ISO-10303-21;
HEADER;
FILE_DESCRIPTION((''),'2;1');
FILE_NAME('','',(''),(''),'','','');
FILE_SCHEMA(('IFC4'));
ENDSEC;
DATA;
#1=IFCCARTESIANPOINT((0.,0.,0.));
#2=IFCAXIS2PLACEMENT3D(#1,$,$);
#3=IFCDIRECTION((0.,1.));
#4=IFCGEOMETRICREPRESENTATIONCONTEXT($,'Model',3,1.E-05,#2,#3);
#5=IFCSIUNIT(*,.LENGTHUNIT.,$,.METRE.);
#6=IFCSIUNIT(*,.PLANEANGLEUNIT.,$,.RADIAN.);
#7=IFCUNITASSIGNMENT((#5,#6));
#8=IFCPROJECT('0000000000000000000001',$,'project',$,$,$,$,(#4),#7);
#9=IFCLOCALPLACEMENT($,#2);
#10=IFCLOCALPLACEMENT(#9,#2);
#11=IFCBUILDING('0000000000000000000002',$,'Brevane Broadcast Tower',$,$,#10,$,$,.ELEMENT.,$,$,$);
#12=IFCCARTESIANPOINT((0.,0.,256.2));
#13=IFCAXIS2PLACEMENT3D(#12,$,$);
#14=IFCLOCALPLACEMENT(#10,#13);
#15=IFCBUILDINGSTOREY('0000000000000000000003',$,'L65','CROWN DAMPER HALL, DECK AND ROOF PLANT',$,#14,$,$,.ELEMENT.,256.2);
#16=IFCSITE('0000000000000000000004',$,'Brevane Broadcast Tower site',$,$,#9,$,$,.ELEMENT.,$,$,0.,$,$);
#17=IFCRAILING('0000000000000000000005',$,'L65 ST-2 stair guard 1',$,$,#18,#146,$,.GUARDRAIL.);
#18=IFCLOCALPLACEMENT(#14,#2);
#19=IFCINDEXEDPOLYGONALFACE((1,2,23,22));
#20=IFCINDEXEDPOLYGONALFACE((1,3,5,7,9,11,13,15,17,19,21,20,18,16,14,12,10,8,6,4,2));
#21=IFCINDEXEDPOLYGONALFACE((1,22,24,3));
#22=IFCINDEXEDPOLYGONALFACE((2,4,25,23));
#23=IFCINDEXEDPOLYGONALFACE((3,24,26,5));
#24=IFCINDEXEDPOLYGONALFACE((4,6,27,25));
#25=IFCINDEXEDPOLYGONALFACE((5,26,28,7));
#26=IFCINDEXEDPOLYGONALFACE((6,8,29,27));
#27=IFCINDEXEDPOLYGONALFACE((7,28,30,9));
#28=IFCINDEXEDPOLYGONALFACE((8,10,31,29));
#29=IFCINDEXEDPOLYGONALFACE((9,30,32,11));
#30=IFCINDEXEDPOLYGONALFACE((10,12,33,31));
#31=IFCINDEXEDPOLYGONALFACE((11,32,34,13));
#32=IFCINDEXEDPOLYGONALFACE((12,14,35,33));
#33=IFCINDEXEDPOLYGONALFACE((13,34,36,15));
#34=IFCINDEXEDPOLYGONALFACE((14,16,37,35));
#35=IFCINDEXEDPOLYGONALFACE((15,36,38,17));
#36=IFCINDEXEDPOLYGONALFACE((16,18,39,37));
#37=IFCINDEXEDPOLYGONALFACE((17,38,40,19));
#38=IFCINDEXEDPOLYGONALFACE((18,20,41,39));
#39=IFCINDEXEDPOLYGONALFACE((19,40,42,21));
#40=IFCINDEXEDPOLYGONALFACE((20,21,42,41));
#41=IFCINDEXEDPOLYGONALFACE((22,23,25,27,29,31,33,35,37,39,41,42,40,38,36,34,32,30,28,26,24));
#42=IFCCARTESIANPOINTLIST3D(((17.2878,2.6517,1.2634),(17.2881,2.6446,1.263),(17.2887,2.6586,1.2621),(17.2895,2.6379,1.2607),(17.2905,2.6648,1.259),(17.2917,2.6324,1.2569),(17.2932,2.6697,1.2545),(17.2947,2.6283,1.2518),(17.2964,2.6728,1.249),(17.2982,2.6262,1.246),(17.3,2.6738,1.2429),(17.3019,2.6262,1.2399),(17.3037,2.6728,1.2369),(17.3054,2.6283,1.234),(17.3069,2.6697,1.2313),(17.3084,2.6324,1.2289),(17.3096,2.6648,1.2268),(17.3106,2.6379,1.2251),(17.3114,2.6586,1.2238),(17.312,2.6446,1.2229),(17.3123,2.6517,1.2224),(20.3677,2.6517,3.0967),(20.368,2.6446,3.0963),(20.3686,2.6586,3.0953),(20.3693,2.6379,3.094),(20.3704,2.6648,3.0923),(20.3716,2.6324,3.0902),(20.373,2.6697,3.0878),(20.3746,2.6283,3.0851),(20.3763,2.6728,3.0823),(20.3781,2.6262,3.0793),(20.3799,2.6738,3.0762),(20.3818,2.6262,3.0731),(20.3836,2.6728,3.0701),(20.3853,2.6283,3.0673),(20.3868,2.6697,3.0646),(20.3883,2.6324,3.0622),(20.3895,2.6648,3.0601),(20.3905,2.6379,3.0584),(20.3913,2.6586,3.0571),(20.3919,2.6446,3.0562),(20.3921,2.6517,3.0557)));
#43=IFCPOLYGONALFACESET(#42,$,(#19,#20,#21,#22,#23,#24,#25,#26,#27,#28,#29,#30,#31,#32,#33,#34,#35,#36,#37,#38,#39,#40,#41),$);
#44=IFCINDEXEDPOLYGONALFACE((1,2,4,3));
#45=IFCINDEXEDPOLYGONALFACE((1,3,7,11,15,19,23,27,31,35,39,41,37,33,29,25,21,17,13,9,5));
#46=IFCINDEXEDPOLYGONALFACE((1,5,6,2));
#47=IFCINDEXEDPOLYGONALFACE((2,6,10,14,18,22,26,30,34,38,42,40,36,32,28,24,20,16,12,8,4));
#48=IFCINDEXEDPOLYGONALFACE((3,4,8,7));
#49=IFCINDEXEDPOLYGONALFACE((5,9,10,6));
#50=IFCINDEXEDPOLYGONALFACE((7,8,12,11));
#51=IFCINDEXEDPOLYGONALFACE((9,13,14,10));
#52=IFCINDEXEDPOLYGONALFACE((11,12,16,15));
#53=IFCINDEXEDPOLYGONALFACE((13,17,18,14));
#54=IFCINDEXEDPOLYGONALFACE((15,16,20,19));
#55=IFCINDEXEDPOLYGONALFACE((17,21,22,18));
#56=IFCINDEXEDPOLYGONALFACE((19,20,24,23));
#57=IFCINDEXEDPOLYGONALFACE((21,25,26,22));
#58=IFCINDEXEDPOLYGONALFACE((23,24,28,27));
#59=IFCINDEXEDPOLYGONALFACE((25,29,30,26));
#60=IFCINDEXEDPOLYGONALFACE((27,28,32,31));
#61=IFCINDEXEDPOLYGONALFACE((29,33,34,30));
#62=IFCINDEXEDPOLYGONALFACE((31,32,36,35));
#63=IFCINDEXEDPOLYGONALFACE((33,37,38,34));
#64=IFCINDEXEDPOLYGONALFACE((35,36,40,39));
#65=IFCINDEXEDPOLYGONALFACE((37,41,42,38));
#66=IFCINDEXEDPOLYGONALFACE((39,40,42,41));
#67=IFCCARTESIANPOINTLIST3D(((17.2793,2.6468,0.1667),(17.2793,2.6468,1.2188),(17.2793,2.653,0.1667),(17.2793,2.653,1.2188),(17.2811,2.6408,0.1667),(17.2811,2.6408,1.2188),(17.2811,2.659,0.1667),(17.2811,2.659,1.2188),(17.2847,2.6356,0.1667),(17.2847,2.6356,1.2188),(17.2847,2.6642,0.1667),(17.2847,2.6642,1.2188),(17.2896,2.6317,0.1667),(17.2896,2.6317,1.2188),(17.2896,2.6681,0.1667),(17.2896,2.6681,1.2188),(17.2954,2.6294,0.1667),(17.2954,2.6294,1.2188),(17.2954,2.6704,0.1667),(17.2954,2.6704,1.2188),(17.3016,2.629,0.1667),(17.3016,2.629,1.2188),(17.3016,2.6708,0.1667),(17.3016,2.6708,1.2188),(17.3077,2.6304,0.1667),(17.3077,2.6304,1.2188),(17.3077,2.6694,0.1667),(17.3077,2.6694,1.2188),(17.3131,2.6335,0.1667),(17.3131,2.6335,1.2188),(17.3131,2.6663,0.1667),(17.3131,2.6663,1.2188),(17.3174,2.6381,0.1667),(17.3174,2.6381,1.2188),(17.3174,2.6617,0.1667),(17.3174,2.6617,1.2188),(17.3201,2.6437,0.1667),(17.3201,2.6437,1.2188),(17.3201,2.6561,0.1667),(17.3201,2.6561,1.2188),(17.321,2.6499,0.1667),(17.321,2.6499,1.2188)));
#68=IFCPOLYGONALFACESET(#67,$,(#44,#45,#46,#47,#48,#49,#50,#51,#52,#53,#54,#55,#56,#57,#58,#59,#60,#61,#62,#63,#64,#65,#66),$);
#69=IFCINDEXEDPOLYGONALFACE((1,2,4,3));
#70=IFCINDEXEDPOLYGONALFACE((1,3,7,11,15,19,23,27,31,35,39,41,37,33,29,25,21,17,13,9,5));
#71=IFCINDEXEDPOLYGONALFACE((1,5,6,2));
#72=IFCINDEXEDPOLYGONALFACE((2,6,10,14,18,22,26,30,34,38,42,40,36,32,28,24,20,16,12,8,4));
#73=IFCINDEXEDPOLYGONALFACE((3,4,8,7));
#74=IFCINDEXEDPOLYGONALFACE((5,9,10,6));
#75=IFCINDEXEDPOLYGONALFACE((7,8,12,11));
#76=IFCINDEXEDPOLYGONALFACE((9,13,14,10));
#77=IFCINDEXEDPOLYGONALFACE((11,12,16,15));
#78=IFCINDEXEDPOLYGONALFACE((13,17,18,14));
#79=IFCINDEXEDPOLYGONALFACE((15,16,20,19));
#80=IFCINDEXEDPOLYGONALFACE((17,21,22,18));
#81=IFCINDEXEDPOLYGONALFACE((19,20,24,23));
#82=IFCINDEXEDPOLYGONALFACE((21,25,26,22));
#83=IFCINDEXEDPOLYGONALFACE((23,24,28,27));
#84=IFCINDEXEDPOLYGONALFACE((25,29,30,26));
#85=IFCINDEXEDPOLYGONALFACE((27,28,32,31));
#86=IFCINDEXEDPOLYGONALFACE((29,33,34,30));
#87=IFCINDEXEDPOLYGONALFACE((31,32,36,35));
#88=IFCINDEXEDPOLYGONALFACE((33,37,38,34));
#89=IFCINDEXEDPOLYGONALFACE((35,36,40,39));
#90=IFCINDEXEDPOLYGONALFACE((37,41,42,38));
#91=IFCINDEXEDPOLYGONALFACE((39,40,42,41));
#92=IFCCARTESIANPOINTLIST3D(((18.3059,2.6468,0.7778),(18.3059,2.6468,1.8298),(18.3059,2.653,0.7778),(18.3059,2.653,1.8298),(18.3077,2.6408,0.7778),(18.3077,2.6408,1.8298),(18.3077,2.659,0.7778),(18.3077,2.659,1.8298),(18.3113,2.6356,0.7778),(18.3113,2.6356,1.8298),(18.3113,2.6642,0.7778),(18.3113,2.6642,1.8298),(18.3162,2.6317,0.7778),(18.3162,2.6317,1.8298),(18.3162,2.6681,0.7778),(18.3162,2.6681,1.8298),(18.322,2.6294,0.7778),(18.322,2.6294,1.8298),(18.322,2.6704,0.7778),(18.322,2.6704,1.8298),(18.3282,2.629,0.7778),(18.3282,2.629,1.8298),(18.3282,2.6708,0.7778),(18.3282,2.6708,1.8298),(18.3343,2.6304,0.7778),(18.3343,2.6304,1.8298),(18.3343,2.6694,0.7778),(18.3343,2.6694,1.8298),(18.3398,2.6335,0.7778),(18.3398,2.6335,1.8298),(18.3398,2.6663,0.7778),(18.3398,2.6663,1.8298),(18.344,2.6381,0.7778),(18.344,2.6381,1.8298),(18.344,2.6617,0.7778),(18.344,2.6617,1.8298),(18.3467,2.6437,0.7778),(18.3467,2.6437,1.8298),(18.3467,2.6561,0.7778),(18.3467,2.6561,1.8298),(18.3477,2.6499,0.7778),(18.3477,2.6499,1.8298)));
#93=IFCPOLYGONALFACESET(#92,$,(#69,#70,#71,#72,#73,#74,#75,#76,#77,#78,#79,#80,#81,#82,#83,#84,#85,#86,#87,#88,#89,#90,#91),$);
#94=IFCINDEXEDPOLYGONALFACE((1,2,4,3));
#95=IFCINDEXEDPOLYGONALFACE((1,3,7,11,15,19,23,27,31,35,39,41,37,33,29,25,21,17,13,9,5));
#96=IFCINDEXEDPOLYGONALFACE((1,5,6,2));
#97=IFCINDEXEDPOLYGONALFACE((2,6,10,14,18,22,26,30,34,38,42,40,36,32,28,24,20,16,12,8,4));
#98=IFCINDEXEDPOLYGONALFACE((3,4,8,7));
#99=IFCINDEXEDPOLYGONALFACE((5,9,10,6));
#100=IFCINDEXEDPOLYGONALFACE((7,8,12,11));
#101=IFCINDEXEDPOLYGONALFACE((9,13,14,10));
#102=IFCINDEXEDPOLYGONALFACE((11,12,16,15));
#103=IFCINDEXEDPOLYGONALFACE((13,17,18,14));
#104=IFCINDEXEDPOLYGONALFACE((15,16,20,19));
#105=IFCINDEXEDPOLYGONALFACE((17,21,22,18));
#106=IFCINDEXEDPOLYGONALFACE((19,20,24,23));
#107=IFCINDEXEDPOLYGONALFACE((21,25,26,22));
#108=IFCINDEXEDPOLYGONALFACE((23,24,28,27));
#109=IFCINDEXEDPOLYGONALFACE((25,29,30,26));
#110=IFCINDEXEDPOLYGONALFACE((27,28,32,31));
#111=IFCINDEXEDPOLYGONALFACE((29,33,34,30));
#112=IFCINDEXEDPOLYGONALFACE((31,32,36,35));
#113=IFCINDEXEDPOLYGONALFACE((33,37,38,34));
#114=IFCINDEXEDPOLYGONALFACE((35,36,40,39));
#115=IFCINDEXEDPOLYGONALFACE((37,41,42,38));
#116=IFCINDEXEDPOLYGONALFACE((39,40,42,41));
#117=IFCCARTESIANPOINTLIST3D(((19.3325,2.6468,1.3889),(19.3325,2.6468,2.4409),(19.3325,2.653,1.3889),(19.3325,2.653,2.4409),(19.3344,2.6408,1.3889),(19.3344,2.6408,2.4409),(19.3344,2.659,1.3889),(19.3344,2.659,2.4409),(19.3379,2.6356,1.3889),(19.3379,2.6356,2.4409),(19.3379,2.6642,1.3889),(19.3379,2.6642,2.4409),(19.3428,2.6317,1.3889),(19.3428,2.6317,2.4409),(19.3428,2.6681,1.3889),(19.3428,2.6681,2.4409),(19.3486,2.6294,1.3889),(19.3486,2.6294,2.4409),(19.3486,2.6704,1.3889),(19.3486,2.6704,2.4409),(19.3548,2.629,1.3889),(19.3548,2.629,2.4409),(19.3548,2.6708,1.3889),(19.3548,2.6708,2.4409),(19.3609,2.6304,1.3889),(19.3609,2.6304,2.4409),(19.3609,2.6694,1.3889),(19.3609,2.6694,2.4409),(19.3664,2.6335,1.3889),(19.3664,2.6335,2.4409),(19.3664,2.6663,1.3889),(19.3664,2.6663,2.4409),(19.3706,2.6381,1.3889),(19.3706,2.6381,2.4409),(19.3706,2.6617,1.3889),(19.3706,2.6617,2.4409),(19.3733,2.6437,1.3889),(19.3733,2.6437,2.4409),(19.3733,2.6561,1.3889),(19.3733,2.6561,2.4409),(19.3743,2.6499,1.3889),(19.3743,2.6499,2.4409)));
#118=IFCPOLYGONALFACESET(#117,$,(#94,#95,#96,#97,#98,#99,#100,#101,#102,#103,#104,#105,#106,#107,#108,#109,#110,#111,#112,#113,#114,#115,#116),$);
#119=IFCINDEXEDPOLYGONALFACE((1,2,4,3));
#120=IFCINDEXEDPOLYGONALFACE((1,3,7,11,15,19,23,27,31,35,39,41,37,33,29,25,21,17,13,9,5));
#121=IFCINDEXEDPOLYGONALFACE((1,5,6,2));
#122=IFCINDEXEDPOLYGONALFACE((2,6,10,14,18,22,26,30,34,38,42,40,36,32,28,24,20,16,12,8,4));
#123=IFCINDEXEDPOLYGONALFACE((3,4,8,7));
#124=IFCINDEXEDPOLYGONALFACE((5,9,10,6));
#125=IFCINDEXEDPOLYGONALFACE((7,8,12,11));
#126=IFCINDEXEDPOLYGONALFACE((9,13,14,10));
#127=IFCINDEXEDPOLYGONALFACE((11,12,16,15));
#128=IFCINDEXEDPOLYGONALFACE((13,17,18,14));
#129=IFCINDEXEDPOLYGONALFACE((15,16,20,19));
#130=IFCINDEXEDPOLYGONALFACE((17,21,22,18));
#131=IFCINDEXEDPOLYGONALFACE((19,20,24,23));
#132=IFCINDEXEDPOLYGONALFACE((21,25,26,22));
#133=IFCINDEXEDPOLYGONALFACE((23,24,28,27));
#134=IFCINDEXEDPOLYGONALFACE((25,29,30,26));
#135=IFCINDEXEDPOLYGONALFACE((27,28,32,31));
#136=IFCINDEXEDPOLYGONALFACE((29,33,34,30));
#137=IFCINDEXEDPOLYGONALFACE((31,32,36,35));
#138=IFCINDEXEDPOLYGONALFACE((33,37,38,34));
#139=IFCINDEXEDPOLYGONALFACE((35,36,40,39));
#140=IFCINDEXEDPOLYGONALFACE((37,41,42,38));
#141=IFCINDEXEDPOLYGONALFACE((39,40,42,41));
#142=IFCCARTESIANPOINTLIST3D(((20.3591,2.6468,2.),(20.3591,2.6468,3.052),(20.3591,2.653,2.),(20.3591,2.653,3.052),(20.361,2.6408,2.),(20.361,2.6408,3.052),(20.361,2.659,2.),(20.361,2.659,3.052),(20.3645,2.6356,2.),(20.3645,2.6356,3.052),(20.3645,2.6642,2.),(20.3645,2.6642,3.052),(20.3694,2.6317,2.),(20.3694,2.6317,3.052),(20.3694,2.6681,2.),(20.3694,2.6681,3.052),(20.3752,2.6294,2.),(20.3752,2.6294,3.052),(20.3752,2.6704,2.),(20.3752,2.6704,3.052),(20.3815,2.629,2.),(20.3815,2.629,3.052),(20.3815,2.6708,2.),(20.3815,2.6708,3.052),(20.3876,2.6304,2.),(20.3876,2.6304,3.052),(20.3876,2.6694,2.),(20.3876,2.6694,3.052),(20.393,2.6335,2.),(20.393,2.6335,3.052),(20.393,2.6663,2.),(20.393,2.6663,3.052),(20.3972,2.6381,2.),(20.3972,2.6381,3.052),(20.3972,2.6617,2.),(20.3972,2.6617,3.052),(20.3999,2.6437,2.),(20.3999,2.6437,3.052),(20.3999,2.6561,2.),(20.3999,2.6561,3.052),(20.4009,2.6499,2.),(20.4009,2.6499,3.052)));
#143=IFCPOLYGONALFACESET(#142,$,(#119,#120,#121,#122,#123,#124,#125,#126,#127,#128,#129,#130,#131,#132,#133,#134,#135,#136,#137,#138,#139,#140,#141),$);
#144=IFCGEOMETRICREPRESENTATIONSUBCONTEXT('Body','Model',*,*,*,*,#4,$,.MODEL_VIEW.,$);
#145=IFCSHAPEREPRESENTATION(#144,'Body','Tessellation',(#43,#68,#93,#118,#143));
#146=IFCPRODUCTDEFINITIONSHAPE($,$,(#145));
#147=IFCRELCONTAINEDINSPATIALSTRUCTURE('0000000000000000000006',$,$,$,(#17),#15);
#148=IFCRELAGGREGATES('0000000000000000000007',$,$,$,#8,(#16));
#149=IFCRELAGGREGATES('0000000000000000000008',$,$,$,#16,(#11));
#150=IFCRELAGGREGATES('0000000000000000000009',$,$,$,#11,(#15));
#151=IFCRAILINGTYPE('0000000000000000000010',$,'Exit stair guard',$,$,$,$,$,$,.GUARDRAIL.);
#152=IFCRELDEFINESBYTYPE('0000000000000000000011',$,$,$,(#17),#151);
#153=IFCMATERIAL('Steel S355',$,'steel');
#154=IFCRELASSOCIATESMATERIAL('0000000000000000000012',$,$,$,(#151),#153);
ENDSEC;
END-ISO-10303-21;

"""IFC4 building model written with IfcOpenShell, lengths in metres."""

from ifc_helpers import new_model, si_unit, direction, frame, origin, origin_2d, place, context, subcontext, project, spatial, circle, extrude, material, type_object, element, save


model = new_model("IFC4")

# Units and contexts
model_context = context("Model", 3, precision=1e-05, world=origin(), true_north=direction((0.0, 1.0)))
body_context = subcontext(model_context, "Body", "Model", "MODEL_VIEW")
ifc_project = project(units=[si_unit("LENGTHUNIT", "METRE"), si_unit("PLANEANGLEUNIT", "RADIAN")], contexts=[model_context])

# Site, building, storey
site_placement = place(None, origin())
site = spatial("IfcSite", under=ifc_project, at=site_placement, Name="Brevane Broadcast Tower site", CompositionType="ELEMENT", RefElevation=0.0)
building_placement = place(site_placement, origin())
building = spatial("IfcBuilding", under=site, at=building_placement, Name="Brevane Broadcast Tower", CompositionType="ELEMENT")
storey_placement = place(building_placement, frame((0.0, 0.0, 256.2)))
storey = spatial("IfcBuildingStorey", under=building, at=storey_placement, Name="L65", Description="CROWN DAMPER HALL, DECK AND ROOF PLANT", CompositionType="ELEMENT", Elevation=256.2)

# Railing
ifc_material_1 = material(Name="Steel S355", Category="steel")
railing_type_1 = type_object("IfcRailingType", Name="Exit stair guard", PredefinedType="GUARDRAIL", material=ifc_material_1)
railing_1_placement = place(storey_placement, frame((17.3, 2.6499, 0.1667)))
element("IfcRailing", 1, at=railing_1_placement, inside=storey, type_object=railing_type_1, Name="L65 ST-2 stair guard 1", PredefinedType="GUARDRAIL", context=body_context, shape_type="SweptSolid", body=[
    extrude(circle(Radius=0.0239, at=origin_2d()), frame((0.0, 0.0, 1.0762), z_axis=(0.859291, 0.0, 0.511487), x_axis=(0.0, 1.0, 0.0)), (0.0, 0.0, 1.0), 3.5842),
    extrude(circle(Radius=0.021, at=origin_2d()), origin(), (0.0, 0.0, 1.0), 1.052),
    extrude(circle(Radius=0.021, at=origin_2d()), frame((1.0266, 0.0, 0.6111)), (0.0, 0.0, 1.0), 1.052),
    extrude(circle(Radius=0.021, at=origin_2d()), frame((2.0532, 0.0, 1.2222)), (0.0, 0.0, 1.0), 1.052),
    extrude(circle(Radius=0.021, at=origin_2d()), frame((3.0798, 0.0, 1.8333)), (0.0, 0.0, 1.0), 1.052),
])

save(model, "model.ifc")
